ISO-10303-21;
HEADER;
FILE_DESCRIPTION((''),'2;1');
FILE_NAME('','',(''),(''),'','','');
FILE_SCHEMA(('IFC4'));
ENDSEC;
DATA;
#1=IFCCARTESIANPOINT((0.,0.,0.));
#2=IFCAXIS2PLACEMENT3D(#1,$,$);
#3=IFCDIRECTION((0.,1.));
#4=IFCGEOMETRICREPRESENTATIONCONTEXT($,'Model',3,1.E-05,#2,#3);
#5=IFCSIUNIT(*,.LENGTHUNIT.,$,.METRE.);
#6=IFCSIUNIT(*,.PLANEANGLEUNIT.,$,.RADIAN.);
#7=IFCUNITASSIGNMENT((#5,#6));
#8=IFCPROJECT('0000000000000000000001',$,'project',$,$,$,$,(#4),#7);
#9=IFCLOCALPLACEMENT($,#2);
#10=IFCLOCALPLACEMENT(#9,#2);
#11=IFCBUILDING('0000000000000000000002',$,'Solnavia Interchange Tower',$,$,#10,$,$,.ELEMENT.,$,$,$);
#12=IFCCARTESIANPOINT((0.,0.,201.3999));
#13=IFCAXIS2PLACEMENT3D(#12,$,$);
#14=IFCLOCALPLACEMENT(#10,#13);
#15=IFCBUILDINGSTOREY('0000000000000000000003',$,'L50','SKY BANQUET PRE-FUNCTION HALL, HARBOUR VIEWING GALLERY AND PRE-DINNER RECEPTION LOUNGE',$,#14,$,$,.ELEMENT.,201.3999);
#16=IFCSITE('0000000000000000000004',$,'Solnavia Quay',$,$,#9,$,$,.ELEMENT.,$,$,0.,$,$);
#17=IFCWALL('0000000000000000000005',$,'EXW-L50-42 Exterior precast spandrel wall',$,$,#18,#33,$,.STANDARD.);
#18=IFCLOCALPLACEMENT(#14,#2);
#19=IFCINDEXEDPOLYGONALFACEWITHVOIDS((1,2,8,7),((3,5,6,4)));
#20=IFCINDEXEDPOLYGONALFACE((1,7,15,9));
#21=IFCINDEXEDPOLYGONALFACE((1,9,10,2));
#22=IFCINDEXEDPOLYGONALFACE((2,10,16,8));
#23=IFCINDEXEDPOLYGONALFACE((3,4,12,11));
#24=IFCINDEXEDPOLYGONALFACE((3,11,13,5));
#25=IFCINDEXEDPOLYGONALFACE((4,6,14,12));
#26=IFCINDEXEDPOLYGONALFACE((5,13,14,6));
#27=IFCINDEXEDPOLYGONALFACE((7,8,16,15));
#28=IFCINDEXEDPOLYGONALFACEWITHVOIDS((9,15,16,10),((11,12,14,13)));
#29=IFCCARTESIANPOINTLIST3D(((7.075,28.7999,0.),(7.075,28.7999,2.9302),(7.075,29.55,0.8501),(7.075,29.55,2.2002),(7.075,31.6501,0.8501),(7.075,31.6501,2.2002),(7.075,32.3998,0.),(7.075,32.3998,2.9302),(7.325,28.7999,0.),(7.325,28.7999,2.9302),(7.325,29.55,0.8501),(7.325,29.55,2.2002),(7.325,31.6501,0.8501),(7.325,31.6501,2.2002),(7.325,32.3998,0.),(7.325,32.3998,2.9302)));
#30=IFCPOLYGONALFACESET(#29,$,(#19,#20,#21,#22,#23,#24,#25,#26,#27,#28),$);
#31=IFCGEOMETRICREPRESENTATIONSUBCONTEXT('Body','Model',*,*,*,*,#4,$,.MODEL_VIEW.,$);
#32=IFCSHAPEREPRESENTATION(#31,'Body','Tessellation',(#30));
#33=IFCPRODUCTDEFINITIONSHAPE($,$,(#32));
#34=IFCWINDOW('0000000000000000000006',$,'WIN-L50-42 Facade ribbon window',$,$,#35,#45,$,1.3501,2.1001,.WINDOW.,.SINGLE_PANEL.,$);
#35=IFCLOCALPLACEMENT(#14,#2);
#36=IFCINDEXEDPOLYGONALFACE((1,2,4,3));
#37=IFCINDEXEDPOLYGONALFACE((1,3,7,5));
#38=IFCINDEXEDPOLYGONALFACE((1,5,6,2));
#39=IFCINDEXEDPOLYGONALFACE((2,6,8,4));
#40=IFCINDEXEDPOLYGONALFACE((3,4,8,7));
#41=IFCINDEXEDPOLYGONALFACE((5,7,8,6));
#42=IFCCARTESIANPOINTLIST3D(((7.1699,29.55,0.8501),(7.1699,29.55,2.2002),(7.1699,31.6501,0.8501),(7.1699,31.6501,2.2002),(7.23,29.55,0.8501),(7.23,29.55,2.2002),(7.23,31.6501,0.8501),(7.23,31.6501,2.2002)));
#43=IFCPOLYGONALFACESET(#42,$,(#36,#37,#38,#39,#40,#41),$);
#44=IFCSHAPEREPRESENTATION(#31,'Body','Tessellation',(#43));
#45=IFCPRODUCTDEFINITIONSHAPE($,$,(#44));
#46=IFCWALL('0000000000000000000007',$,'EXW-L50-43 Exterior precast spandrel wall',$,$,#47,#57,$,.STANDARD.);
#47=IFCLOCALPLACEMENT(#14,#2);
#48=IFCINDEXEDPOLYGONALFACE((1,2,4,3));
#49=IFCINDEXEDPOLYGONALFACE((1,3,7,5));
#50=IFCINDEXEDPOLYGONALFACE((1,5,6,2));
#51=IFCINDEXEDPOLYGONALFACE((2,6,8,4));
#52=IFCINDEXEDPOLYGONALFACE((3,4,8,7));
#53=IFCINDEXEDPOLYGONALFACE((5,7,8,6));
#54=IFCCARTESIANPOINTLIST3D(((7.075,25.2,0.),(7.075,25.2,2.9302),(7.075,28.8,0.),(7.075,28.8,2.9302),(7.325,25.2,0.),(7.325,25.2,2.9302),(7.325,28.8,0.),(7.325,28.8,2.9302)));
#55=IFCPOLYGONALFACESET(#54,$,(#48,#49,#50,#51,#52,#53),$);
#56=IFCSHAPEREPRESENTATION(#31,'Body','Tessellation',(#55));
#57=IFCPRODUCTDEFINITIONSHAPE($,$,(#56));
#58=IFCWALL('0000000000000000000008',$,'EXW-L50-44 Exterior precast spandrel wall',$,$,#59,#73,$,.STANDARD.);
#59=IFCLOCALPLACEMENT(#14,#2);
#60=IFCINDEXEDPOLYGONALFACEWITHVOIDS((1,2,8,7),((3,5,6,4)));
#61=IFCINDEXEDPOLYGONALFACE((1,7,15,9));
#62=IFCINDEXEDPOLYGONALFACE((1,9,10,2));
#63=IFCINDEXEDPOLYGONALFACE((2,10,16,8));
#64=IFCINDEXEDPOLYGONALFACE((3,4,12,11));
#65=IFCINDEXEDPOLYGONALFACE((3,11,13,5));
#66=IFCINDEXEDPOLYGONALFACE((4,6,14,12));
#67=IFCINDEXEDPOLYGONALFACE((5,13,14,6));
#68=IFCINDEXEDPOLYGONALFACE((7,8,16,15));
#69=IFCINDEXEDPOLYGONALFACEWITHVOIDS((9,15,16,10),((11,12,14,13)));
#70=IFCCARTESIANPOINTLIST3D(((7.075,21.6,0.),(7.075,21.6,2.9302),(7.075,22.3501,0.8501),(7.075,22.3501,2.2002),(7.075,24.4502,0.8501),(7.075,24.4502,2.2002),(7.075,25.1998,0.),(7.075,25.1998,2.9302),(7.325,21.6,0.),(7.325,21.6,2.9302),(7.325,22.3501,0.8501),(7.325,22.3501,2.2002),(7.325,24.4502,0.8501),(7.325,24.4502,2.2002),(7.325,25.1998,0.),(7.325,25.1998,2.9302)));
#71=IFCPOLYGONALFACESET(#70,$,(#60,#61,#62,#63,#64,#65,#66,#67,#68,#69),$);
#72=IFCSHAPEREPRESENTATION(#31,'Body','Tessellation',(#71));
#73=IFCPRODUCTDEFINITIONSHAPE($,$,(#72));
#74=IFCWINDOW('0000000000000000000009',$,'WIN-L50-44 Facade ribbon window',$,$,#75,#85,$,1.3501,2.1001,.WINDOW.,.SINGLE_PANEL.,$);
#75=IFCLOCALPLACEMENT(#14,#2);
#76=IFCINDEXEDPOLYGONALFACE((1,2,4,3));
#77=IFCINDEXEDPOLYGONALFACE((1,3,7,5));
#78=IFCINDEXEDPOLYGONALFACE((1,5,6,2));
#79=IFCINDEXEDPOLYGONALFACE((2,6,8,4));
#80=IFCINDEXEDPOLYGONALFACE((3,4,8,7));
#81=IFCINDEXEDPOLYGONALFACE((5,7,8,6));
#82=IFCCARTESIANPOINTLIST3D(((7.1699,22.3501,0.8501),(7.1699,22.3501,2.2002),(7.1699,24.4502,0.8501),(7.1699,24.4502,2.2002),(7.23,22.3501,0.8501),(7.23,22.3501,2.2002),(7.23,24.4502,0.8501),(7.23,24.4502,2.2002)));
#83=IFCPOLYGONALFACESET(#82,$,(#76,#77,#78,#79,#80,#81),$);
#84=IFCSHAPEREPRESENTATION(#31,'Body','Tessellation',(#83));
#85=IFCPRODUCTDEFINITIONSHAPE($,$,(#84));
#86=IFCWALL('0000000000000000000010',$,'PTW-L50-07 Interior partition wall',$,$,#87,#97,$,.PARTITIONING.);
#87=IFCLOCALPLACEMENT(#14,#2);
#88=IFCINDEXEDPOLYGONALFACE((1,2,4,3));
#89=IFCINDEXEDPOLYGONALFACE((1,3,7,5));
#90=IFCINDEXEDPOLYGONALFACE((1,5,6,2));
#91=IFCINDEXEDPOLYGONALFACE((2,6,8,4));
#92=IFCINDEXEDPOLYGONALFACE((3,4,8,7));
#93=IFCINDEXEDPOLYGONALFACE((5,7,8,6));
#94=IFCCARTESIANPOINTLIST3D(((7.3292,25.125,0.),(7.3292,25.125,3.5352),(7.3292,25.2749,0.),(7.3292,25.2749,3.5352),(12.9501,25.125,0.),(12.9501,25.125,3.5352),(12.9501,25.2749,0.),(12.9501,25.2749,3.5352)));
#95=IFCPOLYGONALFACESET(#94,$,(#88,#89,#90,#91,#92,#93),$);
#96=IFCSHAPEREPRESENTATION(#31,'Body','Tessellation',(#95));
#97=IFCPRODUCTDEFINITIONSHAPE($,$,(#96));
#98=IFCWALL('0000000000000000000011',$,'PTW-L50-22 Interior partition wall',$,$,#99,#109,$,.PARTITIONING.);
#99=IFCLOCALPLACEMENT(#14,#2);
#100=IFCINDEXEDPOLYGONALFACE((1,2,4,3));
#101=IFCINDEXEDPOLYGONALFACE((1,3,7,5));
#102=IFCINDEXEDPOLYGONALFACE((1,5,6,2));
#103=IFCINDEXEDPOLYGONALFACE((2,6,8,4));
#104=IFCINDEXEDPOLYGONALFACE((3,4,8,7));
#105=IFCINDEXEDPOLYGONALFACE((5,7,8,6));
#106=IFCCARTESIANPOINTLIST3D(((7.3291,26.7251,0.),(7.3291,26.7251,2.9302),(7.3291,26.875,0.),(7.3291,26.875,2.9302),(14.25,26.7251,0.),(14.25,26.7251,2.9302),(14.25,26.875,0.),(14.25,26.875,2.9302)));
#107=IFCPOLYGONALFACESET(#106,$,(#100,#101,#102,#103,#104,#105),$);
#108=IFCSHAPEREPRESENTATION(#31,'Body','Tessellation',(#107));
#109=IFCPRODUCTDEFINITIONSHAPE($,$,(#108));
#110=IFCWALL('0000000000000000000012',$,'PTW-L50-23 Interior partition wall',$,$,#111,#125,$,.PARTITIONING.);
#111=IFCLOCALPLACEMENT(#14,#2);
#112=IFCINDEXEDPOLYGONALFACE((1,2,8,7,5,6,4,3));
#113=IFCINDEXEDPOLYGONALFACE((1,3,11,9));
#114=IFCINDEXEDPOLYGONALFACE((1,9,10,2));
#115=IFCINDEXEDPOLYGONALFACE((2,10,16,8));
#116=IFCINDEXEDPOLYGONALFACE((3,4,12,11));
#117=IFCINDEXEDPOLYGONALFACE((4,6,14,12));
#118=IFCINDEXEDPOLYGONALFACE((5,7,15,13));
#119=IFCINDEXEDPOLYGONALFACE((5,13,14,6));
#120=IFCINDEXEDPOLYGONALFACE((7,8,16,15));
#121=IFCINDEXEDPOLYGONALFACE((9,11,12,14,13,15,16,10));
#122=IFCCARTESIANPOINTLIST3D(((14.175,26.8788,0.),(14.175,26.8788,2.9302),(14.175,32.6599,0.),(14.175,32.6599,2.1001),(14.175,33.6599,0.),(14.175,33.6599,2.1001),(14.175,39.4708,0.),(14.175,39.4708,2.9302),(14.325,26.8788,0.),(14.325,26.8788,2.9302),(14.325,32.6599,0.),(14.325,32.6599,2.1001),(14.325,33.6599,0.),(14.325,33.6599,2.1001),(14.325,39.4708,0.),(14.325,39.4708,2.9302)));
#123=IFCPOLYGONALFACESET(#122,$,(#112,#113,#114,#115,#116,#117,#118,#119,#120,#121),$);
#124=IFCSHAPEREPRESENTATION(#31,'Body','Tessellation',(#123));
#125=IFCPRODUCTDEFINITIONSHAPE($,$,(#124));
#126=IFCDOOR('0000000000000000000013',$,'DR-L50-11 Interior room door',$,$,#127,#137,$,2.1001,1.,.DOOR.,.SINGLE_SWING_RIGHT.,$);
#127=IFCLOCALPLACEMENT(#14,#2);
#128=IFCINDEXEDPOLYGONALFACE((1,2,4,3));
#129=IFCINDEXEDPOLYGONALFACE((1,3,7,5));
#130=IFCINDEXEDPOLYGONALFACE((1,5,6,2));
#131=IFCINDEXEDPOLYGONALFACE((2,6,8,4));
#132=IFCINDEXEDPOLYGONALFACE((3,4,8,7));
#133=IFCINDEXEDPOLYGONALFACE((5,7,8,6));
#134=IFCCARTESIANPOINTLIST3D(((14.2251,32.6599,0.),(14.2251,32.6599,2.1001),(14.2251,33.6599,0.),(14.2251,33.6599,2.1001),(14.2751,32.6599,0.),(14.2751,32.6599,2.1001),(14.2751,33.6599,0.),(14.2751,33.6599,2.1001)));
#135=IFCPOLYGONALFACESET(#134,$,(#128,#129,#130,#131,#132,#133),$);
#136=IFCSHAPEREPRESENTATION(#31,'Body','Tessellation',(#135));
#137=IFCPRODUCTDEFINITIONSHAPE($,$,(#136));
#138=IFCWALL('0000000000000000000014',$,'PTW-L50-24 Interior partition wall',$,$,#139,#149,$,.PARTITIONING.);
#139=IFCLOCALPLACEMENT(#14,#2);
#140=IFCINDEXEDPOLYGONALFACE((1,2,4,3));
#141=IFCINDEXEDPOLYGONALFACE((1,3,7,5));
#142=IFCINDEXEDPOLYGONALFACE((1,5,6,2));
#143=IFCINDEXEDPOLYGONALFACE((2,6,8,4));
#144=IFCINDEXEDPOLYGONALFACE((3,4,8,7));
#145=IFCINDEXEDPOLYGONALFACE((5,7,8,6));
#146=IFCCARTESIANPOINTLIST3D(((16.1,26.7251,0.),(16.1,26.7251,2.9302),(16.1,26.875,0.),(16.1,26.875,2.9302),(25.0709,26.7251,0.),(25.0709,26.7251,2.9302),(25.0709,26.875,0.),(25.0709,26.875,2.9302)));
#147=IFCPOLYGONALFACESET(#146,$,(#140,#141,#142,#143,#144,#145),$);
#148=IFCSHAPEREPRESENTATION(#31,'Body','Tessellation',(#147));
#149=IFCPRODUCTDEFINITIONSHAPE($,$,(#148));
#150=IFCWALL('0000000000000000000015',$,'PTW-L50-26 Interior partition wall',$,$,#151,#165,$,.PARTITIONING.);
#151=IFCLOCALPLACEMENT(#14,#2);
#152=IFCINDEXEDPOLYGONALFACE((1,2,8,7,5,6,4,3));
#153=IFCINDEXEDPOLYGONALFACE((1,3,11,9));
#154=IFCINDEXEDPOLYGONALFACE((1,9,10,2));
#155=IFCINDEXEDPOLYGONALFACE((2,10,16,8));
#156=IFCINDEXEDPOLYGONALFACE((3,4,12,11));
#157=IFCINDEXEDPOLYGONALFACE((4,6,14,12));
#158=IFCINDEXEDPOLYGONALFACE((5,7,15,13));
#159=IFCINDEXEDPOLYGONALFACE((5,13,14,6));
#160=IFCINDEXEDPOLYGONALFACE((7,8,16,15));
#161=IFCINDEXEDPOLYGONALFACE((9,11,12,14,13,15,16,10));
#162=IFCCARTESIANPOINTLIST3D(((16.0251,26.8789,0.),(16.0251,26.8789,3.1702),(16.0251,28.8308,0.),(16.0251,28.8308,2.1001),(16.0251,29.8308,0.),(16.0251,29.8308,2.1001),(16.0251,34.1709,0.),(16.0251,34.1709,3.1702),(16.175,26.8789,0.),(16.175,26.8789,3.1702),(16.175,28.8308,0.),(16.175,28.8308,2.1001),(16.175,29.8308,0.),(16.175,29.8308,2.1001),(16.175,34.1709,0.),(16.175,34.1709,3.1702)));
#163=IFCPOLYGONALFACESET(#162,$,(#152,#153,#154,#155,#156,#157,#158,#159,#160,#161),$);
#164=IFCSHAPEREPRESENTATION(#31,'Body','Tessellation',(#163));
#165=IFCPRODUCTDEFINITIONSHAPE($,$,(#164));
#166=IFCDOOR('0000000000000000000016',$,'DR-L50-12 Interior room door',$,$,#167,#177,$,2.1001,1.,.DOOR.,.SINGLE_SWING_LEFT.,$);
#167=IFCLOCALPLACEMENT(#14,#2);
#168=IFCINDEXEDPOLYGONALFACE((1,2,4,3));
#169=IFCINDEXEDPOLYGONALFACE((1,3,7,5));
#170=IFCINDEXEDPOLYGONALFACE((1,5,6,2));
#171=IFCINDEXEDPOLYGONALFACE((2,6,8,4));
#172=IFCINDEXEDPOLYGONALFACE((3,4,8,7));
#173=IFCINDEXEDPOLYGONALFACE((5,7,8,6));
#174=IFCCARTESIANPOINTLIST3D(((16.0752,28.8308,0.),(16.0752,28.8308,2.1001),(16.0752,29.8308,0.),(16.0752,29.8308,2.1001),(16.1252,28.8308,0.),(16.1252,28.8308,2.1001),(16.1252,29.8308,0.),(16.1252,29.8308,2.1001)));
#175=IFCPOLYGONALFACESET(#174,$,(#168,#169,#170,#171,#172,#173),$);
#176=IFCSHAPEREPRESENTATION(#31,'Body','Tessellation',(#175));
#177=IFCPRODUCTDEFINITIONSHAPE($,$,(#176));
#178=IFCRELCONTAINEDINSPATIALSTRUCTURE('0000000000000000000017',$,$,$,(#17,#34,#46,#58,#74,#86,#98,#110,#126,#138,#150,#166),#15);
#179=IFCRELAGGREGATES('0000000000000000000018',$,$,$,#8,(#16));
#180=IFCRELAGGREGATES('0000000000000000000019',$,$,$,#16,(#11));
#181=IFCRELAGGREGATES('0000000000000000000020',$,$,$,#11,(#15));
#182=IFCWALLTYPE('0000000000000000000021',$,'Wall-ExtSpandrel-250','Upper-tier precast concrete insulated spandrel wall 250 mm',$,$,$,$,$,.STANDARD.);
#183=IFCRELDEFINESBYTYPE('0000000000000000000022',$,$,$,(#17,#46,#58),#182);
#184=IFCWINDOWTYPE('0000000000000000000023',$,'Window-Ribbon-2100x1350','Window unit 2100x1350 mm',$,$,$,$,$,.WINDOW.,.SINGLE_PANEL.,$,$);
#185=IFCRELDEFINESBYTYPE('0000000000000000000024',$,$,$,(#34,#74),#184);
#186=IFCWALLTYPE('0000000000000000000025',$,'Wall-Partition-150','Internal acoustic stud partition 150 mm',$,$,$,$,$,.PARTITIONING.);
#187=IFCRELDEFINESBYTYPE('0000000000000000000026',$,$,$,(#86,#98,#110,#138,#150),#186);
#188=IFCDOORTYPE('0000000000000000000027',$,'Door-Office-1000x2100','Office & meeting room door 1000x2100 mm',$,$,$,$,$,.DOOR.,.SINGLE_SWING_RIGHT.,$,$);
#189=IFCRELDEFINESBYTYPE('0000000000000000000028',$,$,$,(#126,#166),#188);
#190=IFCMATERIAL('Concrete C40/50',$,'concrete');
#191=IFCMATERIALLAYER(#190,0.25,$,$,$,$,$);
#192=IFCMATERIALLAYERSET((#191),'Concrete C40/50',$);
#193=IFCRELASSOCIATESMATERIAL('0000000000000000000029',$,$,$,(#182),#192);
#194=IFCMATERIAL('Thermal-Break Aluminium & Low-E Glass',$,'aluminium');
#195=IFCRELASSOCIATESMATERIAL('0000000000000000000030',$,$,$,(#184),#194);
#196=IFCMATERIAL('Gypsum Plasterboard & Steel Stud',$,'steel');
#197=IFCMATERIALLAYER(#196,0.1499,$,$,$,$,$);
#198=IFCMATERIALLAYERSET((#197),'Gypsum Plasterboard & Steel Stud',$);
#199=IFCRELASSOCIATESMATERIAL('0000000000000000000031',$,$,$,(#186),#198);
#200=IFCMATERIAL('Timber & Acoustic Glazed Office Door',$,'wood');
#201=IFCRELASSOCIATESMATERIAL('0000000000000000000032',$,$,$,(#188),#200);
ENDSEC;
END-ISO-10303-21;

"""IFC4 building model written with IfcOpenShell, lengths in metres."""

from ifc_helpers import new_model, si_unit, direction, frame, frame_2d, origin, place, context, subcontext, project, spatial, rectangle, extrude, material, layer, layer_set, type_object, element, fill, save


model = new_model("IFC4")

# Units and contexts
model_context = context("Model", 3, precision=1e-05, world=origin(), true_north=direction((0.0, 1.0)))
body_context = subcontext(model_context, "Body", "Model", "MODEL_VIEW")
ifc_project = project(units=[si_unit("LENGTHUNIT", "METRE"), si_unit("PLANEANGLEUNIT", "RADIAN")], contexts=[model_context])

# Site, building, storey
site_placement = place(None, origin())
site = spatial("IfcSite", under=ifc_project, at=site_placement, Name="Solnavia Quay", CompositionType="ELEMENT", RefElevation=0.0)
building_placement = place(site_placement, origin())
building = spatial("IfcBuilding", under=site, at=building_placement, Name="Solnavia Interchange Tower", CompositionType="ELEMENT")
storey_placement = place(building_placement, frame((0.0, 0.0, 201.3999)))
storey = spatial("IfcBuildingStorey", under=building, at=storey_placement, Name="L50", Description="SKY BANQUET PRE-FUNCTION HALL, HARBOUR VIEWING GALLERY AND PRE-DINNER RECEPTION LOUNGE", CompositionType="ELEMENT", Elevation=201.3999)

# Wall, opening, window
ifc_material_1 = material(Name="Concrete C40/50", Category="concrete")
ifc_layer_1 = layer(ifc_material_1, 0.25)
ifc_layer_set_1 = layer_set([ifc_layer_1], Name="Concrete C40/50")
wall_type_1 = type_object("IfcWallType", Name="Wall-ExtSpandrel-250", Description="Upper-tier precast concrete insulated spandrel wall 250 mm", PredefinedType="STANDARD", material=ifc_layer_set_1)
wall_1_placement = place(storey_placement, frame((7.2, 28.8, 0.0), z_axis=(0.0, 0.0, 1.0), x_axis=(0.0, 1.0, 0.0)))
wall_1 = element("IfcWall", 1, at=wall_1_placement, inside=storey, type_object=wall_type_1, Name="EXW-L50-42 Exterior precast spandrel wall", PredefinedType="STANDARD", context=body_context, shape_type="SweptSolid", body=[
    extrude(rectangle(XDim=3.5999, YDim=0.25, at=frame_2d((1.7998, 0.0))), origin(), (0.0, 0.0, 1.0), 2.9302),
])
opening_1_placement = place(wall_1_placement, frame((0.75, 0.0, 0.8501)))
opening_1 = element("IfcOpeningElement", 2, at=opening_1_placement, cuts=wall_1, PredefinedType="OPENING", context=body_context, shape_type="SweptSolid", body=[
    extrude(rectangle(XDim=2.1001, YDim=1.3501, at=frame_2d((1.05, 0.675))), frame((0.0, 0.135, 0.0), z_axis=(0.0, -1.0, 0.0), x_axis=(1.0, 0.0, 0.0)), (0.0, 0.0, 1.0), 0.27),
])
ifc_material_2 = material(Name="Thermal-Break Aluminium & Low-E Glass", Category="aluminium")
window_type = type_object("IfcWindowType", Name="Window-Ribbon-2100x1350", Description="Window unit 2100x1350 mm", PartitioningType="SINGLE_PANEL", PredefinedType="WINDOW", material=ifc_material_2)
window_1_placement = place(opening_1_placement, origin())
window_1 = element("IfcWindow", 3, at=window_1_placement, inside=storey, type_object=window_type, Name="WIN-L50-42 Facade ribbon window", OverallHeight=1.3501, OverallWidth=2.1001, PartitioningType="SINGLE_PANEL", PredefinedType="WINDOW", context=body_context, shape_type="SweptSolid", body=[
    extrude(rectangle(XDim=2.1001, YDim=1.3501, at=frame_2d((1.05, 0.675))), frame((0.0, 0.03, 0.0), z_axis=(0.0, -1.0, 0.0), x_axis=(1.0, 0.0, 0.0)), (0.0, 0.0, 1.0), 0.0601),
])
fill(opening_1, window_1)

# Wall
wall_2_placement = place(storey_placement, frame((7.2, 25.2, 0.0), z_axis=(0.0, 0.0, 1.0), x_axis=(0.0, 1.0, 0.0)))
element("IfcWall", 4, at=wall_2_placement, inside=storey, type_object=wall_type_1, Name="EXW-L50-43 Exterior precast spandrel wall", PredefinedType="STANDARD", context=body_context, shape_type="SweptSolid", body=[
    extrude(rectangle(XDim=3.6001, YDim=0.25, at=frame_2d((1.8, 0.0))), origin(), (0.0, 0.0, 1.0), 2.9302),
])

# Wall, opening, window
wall_3_placement = place(storey_placement, frame((7.2, 21.6001, 0.0), z_axis=(0.0, 0.0, 1.0), x_axis=(0.0, 1.0, 0.0)))
wall_3 = element("IfcWall", 5, at=wall_3_placement, inside=storey, type_object=wall_type_1, Name="EXW-L50-44 Exterior precast spandrel wall", PredefinedType="STANDARD", context=body_context, shape_type="SweptSolid", body=[
    extrude(rectangle(XDim=3.5999, YDim=0.25, at=frame_2d((1.7998, 0.0))), origin(), (0.0, 0.0, 1.0), 2.9302),
])
opening_2_placement = place(wall_3_placement, frame((0.75, 0.0, 0.8501)))
opening_2 = element("IfcOpeningElement", 6, at=opening_2_placement, cuts=wall_3, PredefinedType="OPENING", context=body_context, shape_type="SweptSolid", body=[
    extrude(rectangle(XDim=2.1001, YDim=1.3501, at=frame_2d((1.05, 0.675))), frame((0.0, 0.135, 0.0), z_axis=(0.0, -1.0, 0.0), x_axis=(1.0, 0.0, 0.0)), (0.0, 0.0, 1.0), 0.27),
])
window_2_placement = place(opening_2_placement, origin())
window_2 = element("IfcWindow", 7, at=window_2_placement, inside=storey, type_object=window_type, Name="WIN-L50-44 Facade ribbon window", OverallHeight=1.3501, OverallWidth=2.1001, PartitioningType="SINGLE_PANEL", PredefinedType="WINDOW", context=body_context, shape_type="SweptSolid", body=[
    extrude(rectangle(XDim=2.1001, YDim=1.3501, at=frame_2d((1.05, 0.675))), frame((0.0, 0.03, 0.0), z_axis=(0.0, -1.0, 0.0), x_axis=(1.0, 0.0, 0.0)), (0.0, 0.0, 1.0), 0.0601),
])
fill(opening_2, window_2)

# Walls
ifc_material_3 = material(Name="Gypsum Plasterboard & Steel Stud", Category="steel")
ifc_layer_2 = layer(ifc_material_3, 0.1499)
ifc_layer_set_2 = layer_set([ifc_layer_2], Name="Gypsum Plasterboard & Steel Stud")
wall_type_2 = type_object("IfcWallType", Name="Wall-Partition-150", Description="Internal acoustic stud partition 150 mm", PredefinedType="PARTITIONING", material=ifc_layer_set_2)
wall_4_placement = place(storey_placement, frame((7.3291, 25.2, 0.0), z_axis=(0.0, 0.0, 1.0), x_axis=(1.0, 0.0, 0.0)))
element("IfcWall", 8, at=wall_4_placement, inside=storey, type_object=wall_type_2, Name="PTW-L50-07 Interior partition wall", PredefinedType="PARTITIONING", context=body_context, shape_type="SweptSolid", body=[
    extrude(rectangle(XDim=5.6208, YDim=0.1499, at=frame_2d((2.8105, 0.0))), origin(), (0.0, 0.0, 1.0), 3.5352),
])
wall_5_placement = place(storey_placement, frame((7.3291, 26.8, 0.0), z_axis=(0.0, 0.0, 1.0), x_axis=(1.0, 0.0, 0.0)))
element("IfcWall", 9, at=wall_5_placement, inside=storey, type_object=wall_type_2, Name="PTW-L50-22 Interior partition wall", PredefinedType="PARTITIONING", context=body_context, shape_type="SweptSolid", body=[
    extrude(rectangle(XDim=6.9209, YDim=0.1499, at=frame_2d((3.4604, 0.0))), origin(), (0.0, 0.0, 1.0), 2.9302),
])

# Wall, opening, door
wall_6_placement = place(storey_placement, frame((14.25, 26.8789, 0.0), z_axis=(0.0, 0.0, 1.0), x_axis=(0.0, 1.0, 0.0)))
wall_6 = element("IfcWall", 10, at=wall_6_placement, inside=storey, type_object=wall_type_2, Name="PTW-L50-23 Interior partition wall", PredefinedType="PARTITIONING", context=body_context, shape_type="SweptSolid", body=[
    extrude(rectangle(XDim=12.592, YDim=0.1499, at=frame_2d((6.2959, 0.0))), origin(), (0.0, 0.0, 1.0), 2.9302),
])
opening_3_placement = place(wall_6_placement, frame((5.781, 0.0, 0.0)))
opening_3 = element("IfcOpeningElement", 11, at=opening_3_placement, cuts=wall_6, PredefinedType="OPENING", context=body_context, shape_type="SweptSolid", body=[
    extrude(rectangle(XDim=1.0, YDim=2.1001, at=frame_2d((0.5, 1.05))), frame((0.0, 0.085, 0.0), z_axis=(0.0, -1.0, 0.0), x_axis=(1.0, 0.0, 0.0)), (0.0, 0.0, 1.0), 0.1699),
])
ifc_material_4 = material(Name="Timber & Acoustic Glazed Office Door", Category="wood")
door_type = type_object("IfcDoorType", Name="Door-Office-1000x2100", Description="Office & meeting room door 1000x2100 mm", OperationType="SINGLE_SWING_RIGHT", PredefinedType="DOOR", material=ifc_material_4)
door_1_placement = place(opening_3_placement, origin())
door_1 = element("IfcDoor", 12, at=door_1_placement, inside=storey, type_object=door_type, Name="DR-L50-11 Interior room door", OperationType="SINGLE_SWING_RIGHT", OverallHeight=2.1001, OverallWidth=1.0, PredefinedType="DOOR", context=body_context, shape_type="SweptSolid", body=[
    extrude(rectangle(XDim=1.0, YDim=2.1001, at=frame_2d((0.5, 1.05))), frame((0.0, 0.0249, 0.0), z_axis=(0.0, -1.0, 0.0), x_axis=(1.0, 0.0, 0.0)), (0.0, 0.0, 1.0), 0.05),
])
fill(opening_3, door_1)

# Wall
wall_7_placement = place(storey_placement, frame((16.1001, 26.8, 0.0), z_axis=(0.0, 0.0, 1.0), x_axis=(1.0, 0.0, 0.0)))
element("IfcWall", 13, at=wall_7_placement, inside=storey, type_object=wall_type_2, Name="PTW-L50-24 Interior partition wall", PredefinedType="PARTITIONING", context=body_context, shape_type="SweptSolid", body=[
    extrude(rectangle(XDim=8.9709, YDim=0.1499, at=frame_2d((4.4854, 0.0))), origin(), (0.0, 0.0, 1.0), 2.9302),
])

# Wall, opening, door
wall_8_placement = place(storey_placement, frame((16.1001, 26.8789, 0.0), z_axis=(0.0, 0.0, 1.0), x_axis=(0.0, 1.0, 0.0)))
wall_8 = element("IfcWall", 14, at=wall_8_placement, inside=storey, type_object=wall_type_2, Name="PTW-L50-26 Interior partition wall", PredefinedType="PARTITIONING", context=body_context, shape_type="SweptSolid", body=[
    extrude(rectangle(XDim=7.292, YDim=0.1499, at=frame_2d((3.646, 0.0))), origin(), (0.0, 0.0, 1.0), 3.1702),
])
opening_4_placement = place(wall_8_placement, frame((1.9519, 0.0, 0.0)))
opening_4 = element("IfcOpeningElement", 15, at=opening_4_placement, cuts=wall_8, PredefinedType="OPENING", context=body_context, shape_type="SweptSolid", body=[
    extrude(rectangle(XDim=1.0, YDim=2.1001, at=frame_2d((0.5, 1.05))), frame((0.0, 0.085, 0.0), z_axis=(0.0, -1.0, 0.0), x_axis=(1.0, 0.0, 0.0)), (0.0, 0.0, 1.0), 0.1699),
])
door_2_placement = place(opening_4_placement, origin())
door_2 = element("IfcDoor", 16, at=door_2_placement, inside=storey, type_object=door_type, Name="DR-L50-12 Interior room door", OperationType="SINGLE_SWING_LEFT", OverallHeight=2.1001, OverallWidth=1.0, PredefinedType="DOOR", context=body_context, shape_type="SweptSolid", body=[
    extrude(rectangle(XDim=1.0, YDim=2.1001, at=frame_2d((0.5, 1.05))), frame((0.0, 0.0249, 0.0), z_axis=(0.0, -1.0, 0.0), x_axis=(1.0, 0.0, 0.0)), (0.0, 0.0, 1.0), 0.05),
])
fill(opening_4, door_2)

save(model, "model.ifc")
